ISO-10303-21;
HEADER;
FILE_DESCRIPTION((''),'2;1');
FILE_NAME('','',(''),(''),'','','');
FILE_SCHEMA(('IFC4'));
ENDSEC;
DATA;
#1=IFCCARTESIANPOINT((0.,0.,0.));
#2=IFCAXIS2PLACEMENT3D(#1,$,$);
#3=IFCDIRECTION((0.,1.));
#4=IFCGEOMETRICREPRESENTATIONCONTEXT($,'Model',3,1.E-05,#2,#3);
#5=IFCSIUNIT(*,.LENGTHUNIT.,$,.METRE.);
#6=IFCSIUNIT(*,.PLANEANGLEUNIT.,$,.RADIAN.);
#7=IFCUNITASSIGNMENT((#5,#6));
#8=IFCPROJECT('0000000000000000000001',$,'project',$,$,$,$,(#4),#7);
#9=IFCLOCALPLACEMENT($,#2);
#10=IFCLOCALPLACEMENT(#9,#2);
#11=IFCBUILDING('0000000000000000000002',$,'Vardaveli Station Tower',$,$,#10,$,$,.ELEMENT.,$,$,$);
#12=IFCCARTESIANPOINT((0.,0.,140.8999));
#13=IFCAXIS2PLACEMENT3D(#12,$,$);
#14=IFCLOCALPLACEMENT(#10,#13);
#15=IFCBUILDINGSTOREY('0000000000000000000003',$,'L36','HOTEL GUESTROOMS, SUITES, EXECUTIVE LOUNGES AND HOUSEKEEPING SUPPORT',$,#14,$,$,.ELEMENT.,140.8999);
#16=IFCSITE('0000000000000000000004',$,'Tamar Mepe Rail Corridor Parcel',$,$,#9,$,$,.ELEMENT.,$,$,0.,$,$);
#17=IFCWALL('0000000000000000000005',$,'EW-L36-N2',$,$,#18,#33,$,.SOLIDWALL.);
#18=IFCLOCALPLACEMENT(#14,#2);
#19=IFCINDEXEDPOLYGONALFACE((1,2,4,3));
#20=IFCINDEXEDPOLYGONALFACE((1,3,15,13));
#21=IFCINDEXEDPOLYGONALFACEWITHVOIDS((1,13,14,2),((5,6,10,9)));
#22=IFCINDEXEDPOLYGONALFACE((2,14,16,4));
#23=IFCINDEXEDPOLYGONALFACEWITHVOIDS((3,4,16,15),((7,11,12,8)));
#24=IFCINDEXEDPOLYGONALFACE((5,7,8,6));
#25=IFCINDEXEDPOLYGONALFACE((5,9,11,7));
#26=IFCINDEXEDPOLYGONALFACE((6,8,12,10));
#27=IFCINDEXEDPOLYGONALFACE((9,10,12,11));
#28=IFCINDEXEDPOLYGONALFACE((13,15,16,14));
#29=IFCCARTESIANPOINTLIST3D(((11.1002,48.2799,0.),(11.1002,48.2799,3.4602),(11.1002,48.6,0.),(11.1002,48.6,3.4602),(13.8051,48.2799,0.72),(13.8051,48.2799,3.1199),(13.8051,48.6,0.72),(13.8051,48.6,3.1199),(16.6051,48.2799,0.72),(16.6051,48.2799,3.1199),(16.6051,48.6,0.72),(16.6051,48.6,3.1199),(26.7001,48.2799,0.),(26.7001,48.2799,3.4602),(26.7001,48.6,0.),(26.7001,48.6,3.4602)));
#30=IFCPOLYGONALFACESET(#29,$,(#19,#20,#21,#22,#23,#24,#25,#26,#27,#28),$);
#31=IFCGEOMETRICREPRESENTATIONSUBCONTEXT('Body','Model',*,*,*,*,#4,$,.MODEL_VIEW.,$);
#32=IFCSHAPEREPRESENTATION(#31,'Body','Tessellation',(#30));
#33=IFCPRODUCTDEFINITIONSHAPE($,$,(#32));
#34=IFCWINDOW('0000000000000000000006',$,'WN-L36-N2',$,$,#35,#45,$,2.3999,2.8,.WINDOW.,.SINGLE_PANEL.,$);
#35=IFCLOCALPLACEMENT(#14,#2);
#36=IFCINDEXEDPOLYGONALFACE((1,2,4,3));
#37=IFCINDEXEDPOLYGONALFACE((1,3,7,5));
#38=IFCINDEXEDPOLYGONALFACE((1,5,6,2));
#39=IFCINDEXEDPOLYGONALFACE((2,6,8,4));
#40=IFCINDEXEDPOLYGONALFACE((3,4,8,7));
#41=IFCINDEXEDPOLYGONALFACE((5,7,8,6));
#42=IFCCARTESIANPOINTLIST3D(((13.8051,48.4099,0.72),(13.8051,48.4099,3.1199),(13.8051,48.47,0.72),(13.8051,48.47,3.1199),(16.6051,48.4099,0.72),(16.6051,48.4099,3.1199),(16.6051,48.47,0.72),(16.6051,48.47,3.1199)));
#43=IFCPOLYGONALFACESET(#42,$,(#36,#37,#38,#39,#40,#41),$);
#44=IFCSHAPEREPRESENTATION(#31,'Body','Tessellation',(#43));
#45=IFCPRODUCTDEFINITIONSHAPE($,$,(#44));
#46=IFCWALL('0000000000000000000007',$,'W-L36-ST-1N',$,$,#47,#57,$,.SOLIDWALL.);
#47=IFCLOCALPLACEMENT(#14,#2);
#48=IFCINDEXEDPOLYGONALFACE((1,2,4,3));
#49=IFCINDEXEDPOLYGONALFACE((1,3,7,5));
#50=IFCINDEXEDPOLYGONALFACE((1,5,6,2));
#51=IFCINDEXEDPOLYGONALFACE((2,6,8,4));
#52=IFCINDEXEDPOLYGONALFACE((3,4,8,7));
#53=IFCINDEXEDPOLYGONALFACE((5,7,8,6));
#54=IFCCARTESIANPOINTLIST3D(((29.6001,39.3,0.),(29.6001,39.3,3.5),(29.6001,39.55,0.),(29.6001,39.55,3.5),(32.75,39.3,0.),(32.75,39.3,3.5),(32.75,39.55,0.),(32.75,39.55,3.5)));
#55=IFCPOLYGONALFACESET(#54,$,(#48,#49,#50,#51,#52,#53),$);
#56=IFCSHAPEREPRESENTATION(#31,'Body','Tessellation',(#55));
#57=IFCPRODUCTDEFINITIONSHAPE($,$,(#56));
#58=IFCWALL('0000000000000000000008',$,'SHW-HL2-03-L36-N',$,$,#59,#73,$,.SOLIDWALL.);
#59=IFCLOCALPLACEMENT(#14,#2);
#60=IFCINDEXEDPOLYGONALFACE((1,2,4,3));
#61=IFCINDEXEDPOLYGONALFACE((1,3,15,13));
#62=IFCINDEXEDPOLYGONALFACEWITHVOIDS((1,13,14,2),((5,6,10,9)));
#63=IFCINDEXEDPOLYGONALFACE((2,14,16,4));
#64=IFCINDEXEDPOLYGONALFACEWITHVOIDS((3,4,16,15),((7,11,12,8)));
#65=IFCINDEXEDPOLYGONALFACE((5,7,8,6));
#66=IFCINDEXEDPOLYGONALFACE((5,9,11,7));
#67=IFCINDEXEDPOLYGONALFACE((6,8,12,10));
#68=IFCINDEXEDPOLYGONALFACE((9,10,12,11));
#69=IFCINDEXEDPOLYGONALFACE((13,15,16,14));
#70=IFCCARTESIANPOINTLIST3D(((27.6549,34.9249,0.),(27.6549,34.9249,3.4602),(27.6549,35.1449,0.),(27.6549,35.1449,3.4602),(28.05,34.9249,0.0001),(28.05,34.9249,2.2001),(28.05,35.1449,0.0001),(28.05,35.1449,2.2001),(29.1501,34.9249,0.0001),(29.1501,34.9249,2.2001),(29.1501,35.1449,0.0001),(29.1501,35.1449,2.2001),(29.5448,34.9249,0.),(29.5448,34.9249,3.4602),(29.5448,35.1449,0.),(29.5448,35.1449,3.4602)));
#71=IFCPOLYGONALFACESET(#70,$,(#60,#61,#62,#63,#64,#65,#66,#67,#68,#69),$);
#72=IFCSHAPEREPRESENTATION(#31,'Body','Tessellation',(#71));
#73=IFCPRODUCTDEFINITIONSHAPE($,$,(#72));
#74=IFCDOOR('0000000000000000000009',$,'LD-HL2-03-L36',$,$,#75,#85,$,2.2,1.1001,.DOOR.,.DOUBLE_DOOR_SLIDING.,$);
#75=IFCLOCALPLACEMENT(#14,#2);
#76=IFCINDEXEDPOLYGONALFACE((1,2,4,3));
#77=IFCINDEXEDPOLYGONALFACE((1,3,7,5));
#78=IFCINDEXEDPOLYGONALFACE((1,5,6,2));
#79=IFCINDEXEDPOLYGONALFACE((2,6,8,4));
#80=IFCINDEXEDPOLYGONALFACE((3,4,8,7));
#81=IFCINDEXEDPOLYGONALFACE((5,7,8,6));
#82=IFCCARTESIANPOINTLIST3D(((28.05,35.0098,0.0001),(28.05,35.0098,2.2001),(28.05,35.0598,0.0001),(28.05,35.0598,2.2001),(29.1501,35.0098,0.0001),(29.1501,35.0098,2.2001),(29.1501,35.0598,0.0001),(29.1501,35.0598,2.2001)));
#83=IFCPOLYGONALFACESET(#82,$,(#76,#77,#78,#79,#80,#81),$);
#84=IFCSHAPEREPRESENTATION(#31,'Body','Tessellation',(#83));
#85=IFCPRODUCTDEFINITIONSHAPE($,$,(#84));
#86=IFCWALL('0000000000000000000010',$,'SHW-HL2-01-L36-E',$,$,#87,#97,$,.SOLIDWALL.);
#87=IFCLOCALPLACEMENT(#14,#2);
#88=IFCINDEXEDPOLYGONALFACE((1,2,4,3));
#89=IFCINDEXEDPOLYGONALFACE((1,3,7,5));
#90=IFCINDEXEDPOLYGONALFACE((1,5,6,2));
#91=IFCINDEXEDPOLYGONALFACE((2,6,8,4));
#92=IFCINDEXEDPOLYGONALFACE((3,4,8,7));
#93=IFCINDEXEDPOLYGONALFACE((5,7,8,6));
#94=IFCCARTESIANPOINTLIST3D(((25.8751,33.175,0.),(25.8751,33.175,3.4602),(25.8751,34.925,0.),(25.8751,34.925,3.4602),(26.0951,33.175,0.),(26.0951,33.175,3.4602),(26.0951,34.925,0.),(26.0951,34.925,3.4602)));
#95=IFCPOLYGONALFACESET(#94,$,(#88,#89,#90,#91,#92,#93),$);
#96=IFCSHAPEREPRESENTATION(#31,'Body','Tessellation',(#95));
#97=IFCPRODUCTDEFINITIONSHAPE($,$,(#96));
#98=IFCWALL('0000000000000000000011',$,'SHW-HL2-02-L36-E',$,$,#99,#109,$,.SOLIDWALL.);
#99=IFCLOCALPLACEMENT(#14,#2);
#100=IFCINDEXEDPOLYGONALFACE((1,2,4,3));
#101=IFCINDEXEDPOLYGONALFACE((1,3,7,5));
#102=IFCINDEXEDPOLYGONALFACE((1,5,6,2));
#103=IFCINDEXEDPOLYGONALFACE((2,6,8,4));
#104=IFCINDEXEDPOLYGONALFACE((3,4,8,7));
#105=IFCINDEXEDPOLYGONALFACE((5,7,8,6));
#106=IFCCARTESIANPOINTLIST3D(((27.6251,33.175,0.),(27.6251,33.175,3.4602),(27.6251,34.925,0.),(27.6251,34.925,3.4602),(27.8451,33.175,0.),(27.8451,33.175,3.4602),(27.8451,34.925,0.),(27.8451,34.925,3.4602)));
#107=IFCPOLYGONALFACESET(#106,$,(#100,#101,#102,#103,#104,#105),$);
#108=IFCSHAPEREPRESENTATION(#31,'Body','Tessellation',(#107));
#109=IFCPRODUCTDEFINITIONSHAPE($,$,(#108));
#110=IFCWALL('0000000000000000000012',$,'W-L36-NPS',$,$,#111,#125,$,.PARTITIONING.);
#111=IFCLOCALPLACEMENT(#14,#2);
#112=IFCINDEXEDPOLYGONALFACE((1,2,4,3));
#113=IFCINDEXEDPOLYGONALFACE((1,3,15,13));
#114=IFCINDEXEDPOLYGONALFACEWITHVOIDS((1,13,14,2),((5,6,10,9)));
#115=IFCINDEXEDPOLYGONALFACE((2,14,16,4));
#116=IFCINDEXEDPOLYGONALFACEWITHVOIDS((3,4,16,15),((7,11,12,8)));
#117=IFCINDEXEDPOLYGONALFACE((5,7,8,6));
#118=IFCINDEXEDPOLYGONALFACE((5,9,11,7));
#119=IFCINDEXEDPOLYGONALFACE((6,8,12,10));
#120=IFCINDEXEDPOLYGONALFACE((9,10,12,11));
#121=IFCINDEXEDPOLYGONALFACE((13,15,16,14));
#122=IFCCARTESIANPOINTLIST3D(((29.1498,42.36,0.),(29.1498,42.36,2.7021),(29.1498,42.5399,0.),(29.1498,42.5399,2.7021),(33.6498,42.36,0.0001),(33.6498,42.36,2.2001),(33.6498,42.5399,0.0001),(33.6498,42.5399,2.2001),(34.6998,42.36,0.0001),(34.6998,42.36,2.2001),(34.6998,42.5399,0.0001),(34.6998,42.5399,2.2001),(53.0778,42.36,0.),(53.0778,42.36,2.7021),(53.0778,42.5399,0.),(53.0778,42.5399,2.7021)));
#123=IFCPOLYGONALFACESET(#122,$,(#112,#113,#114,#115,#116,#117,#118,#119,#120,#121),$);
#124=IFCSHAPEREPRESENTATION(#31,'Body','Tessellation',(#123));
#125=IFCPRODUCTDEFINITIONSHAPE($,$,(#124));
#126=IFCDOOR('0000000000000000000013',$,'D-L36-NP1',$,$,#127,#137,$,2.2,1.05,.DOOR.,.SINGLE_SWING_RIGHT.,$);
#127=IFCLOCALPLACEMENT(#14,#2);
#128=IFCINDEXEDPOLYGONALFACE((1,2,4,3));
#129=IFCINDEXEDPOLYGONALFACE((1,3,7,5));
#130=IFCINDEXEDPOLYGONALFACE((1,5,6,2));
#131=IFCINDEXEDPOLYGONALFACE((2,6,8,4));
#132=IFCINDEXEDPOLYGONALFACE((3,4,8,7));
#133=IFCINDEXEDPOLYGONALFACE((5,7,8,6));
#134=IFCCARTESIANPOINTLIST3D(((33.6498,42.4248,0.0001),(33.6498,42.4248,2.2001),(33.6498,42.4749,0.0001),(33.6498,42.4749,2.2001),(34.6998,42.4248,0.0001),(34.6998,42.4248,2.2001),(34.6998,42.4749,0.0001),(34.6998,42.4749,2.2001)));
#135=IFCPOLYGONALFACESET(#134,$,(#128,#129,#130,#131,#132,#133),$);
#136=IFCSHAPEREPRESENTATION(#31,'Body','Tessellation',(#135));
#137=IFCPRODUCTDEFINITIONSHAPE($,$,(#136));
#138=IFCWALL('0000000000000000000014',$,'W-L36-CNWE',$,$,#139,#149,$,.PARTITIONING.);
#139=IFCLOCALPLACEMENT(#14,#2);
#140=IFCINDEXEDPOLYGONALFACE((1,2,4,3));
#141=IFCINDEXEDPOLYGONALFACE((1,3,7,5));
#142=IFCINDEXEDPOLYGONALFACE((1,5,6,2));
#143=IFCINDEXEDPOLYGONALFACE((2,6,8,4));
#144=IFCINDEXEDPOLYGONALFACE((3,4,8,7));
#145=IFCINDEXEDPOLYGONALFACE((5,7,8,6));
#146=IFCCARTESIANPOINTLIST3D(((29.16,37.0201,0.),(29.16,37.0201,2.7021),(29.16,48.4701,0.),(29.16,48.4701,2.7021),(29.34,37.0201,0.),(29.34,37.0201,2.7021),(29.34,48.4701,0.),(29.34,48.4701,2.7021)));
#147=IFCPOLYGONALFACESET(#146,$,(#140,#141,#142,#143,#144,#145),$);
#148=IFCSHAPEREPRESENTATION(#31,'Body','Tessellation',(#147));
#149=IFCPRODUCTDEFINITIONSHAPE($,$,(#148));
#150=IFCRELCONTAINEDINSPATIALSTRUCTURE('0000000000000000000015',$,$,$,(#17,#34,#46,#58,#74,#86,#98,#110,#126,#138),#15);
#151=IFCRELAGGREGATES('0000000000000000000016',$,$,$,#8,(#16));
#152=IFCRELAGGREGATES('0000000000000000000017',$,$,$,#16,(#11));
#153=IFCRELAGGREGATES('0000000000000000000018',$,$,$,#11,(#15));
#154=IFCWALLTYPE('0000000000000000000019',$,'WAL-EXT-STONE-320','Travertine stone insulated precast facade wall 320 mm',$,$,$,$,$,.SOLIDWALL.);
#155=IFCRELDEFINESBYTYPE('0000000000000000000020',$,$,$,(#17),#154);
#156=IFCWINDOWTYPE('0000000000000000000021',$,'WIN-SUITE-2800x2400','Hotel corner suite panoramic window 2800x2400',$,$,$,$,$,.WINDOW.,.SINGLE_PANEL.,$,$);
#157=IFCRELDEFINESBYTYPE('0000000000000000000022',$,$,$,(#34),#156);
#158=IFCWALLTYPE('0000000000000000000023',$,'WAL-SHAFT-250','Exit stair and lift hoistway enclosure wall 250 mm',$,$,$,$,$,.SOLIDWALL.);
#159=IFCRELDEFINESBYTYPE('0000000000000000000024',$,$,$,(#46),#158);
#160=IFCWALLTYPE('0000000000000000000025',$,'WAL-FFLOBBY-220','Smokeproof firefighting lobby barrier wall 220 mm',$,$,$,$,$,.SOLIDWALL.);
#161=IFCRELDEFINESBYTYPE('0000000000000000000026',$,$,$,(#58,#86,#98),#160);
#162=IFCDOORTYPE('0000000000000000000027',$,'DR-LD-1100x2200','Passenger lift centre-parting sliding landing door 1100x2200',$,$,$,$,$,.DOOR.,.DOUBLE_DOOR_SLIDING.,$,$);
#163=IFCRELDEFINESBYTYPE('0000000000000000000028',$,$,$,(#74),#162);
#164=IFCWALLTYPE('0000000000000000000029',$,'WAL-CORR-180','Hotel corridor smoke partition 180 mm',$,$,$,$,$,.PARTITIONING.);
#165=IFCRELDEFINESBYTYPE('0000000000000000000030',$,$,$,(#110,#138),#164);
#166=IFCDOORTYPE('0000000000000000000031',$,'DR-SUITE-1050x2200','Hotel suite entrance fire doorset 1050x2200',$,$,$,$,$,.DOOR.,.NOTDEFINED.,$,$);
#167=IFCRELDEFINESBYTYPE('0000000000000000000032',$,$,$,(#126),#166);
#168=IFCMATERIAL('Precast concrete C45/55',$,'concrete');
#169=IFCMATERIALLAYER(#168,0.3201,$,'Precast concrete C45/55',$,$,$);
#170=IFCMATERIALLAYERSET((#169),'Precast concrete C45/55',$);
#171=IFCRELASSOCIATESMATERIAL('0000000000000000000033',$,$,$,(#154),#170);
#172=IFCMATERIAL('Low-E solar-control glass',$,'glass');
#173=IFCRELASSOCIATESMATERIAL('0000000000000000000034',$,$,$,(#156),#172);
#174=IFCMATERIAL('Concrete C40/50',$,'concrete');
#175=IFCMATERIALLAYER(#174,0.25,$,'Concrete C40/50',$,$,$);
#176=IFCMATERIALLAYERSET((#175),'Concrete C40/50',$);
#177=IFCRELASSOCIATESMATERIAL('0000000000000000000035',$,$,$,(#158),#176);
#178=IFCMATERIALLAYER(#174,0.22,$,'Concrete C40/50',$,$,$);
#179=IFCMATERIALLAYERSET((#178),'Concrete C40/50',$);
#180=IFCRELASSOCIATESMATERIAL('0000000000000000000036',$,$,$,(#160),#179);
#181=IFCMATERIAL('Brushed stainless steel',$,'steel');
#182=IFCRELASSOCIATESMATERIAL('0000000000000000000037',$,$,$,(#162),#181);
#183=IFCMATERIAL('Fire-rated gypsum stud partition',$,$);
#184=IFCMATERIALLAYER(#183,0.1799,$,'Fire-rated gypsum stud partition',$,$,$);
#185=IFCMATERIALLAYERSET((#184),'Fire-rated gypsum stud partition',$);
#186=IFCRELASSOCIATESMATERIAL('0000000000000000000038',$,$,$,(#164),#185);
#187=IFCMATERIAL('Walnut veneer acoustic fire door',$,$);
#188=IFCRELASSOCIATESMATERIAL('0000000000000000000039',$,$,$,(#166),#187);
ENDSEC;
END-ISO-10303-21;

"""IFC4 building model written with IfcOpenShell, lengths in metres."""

from ifc_helpers import new_model, si_unit, direction, frame, frame_2d, origin, place, context, subcontext, project, spatial, rectangle, extrude, source, transform, mapped, material, layer, layer_set, type_object, element, fill, save


model = new_model("IFC4")

# Units and contexts
model_context = context("Model", 3, precision=1e-05, world=origin(), true_north=direction((0.0, 1.0)))
body_context = subcontext(model_context, "Body", "Model", "MODEL_VIEW")
ifc_project = project(units=[si_unit("LENGTHUNIT", "METRE"), si_unit("PLANEANGLEUNIT", "RADIAN")], contexts=[model_context])

# Site, building, storey
site_placement = place(None, origin())
site = spatial("IfcSite", under=ifc_project, at=site_placement, Name="Tamar Mepe Rail Corridor Parcel", CompositionType="ELEMENT", RefElevation=0.0)
building_placement = place(site_placement, origin())
building = spatial("IfcBuilding", under=site, at=building_placement, Name="Vardaveli Station Tower", CompositionType="ELEMENT")
storey_placement = place(building_placement, frame((0.0, 0.0, 140.8999)))
storey = spatial("IfcBuildingStorey", under=building, at=storey_placement, Name="L36", Description="HOTEL GUESTROOMS, SUITES, EXECUTIVE LOUNGES AND HOUSEKEEPING SUPPORT", CompositionType="ELEMENT", Elevation=140.8999)

# Shared definitions
ifc_material_1 = material(Name="Precast concrete C45/55", Category="concrete")

# Wall, opening, window
ifc_layer_1 = layer(ifc_material_1, 0.3201, Name="Precast concrete C45/55")
ifc_layer_set_1 = layer_set([ifc_layer_1], Name="Precast concrete C45/55")
wall_type_1 = type_object("IfcWallType", Name="WAL-EXT-STONE-320", Description="Travertine stone insulated precast facade wall 320 mm", PredefinedType="SOLIDWALL", material=ifc_layer_set_1)
shared_shape_1 = source(origin(), body_context, "Body", "SweptSolid", [
    extrude(rectangle(XDim=15.5999, YDim=0.3201, at=frame_2d((7.7998, 0.0))), origin(), (0.0, 0.0, 1.0), 3.4602),
])
wall_1_placement = place(storey_placement, frame((26.7, 48.4399, 0.0), z_axis=(0.0, 0.0, 1.0), x_axis=(-1.0, 0.0, 0.0)))
wall_1 = element("IfcWall", 1, at=wall_1_placement, inside=storey, type_object=wall_type_1, Name="EW-L36-N2", PredefinedType="SOLIDWALL", context=body_context, shape_type="MappedRepresentation", body=[
    mapped(shared_shape_1, transform((0.0, 0.0, 0.0), scale=1.0)),
])
shared_shape_2 = source(origin(), body_context, "Body", "SweptSolid", [
    extrude(rectangle(XDim=2.8, YDim=2.3999, at=frame_2d((1.3999, 1.2))), frame((0.0, 0.1699, 0.0), z_axis=(0.0, -1.0, 0.0), x_axis=(1.0, 0.0, 0.0)), (0.0, 0.0, 1.0), 0.3401),
])
opening_1_placement = place(wall_1_placement, frame((10.095, 0.0, 0.72)))
opening_1 = element("IfcOpeningElement", 2, at=opening_1_placement, cuts=wall_1, PredefinedType="OPENING", context=body_context, shape_type="MappedRepresentation", body=[
    mapped(shared_shape_2, transform((0.0, 0.0, 0.0), scale=1.0)),
])
ifc_material_2 = material(Name="Low-E solar-control glass", Category="glass")
window_type = type_object("IfcWindowType", Name="WIN-SUITE-2800x2400", Description="Hotel corner suite panoramic window 2800x2400", PartitioningType="SINGLE_PANEL", PredefinedType="WINDOW", material=ifc_material_2)
shared_shape_3 = source(origin(), body_context, "Body", "SweptSolid", [
    extrude(rectangle(XDim=2.8, YDim=2.3999, at=frame_2d((1.3999, 1.2))), frame((0.0, 0.03, 0.0), z_axis=(0.0, -1.0, 0.0), x_axis=(1.0, 0.0, 0.0)), (0.0, 0.0, 1.0), 0.0601),
])
window_placement = place(opening_1_placement, origin())
window = element("IfcWindow", 3, at=window_placement, inside=storey, type_object=window_type, Name="WN-L36-N2", OverallHeight=2.3999, OverallWidth=2.8, PartitioningType="SINGLE_PANEL", PredefinedType="WINDOW", context=body_context, shape_type="MappedRepresentation", body=[
    mapped(shared_shape_3, transform((0.0, 0.0, 0.0), scale=1.0)),
])
fill(opening_1, window)

# Wall
ifc_material_3 = material(Name="Concrete C40/50", Category="concrete")
ifc_layer_2 = layer(ifc_material_3, 0.25, Name="Concrete C40/50")
ifc_layer_set_2 = layer_set([ifc_layer_2], Name="Concrete C40/50")
wall_type_2 = type_object("IfcWallType", Name="WAL-SHAFT-250", Description="Exit stair and lift hoistway enclosure wall 250 mm", PredefinedType="SOLIDWALL", material=ifc_layer_set_2)
shared_shape_4 = source(origin(), body_context, "Body", "SweptSolid", [
    extrude(rectangle(XDim=3.1499, YDim=0.25, at=frame_2d((1.575, 0.0))), origin(), (0.0, 0.0, 1.0), 3.5),
])
wall_2_placement = place(storey_placement, frame((29.6001, 39.425, 0.0), z_axis=(0.0, 0.0, 1.0), x_axis=(1.0, 0.0, 0.0)))
element("IfcWall", 4, at=wall_2_placement, inside=storey, type_object=wall_type_2, Name="W-L36-ST-1N", PredefinedType="SOLIDWALL", context=body_context, shape_type="MappedRepresentation", body=[
    mapped(shared_shape_4, transform((0.0, 0.0, 0.0), scale=1.0)),
])

# Wall, opening, door
ifc_layer_3 = layer(ifc_material_3, 0.22, Name="Concrete C40/50")
ifc_layer_set_3 = layer_set([ifc_layer_3], Name="Concrete C40/50")
wall_type_3 = type_object("IfcWallType", Name="WAL-FFLOBBY-220", Description="Smokeproof firefighting lobby barrier wall 220 mm", PredefinedType="SOLIDWALL", material=ifc_layer_set_3)
shared_shape_5 = source(origin(), body_context, "Body", "SweptSolid", [
    extrude(rectangle(XDim=1.8899, YDim=0.22, at=frame_2d((0.9448, 0.0))), origin(), (0.0, 0.0, 1.0), 3.4602),
])
wall_3_placement = place(storey_placement, frame((27.655, 35.0349, 0.0), z_axis=(0.0, 0.0, 1.0), x_axis=(1.0, 0.0, 0.0)))
wall_3 = element("IfcWall", 5, at=wall_3_placement, inside=storey, type_object=wall_type_3, Name="SHW-HL2-03-L36-N", PredefinedType="SOLIDWALL", context=body_context, shape_type="MappedRepresentation", body=[
    mapped(shared_shape_5, transform((0.0, 0.0, 0.0), scale=1.0)),
])
shared_shape_6 = source(origin(), body_context, "Body", "SweptSolid", [
    extrude(rectangle(XDim=1.1001, YDim=2.2, at=frame_2d((0.55, 1.1001))), frame((0.0, 0.1201, 0.0), z_axis=(0.0, -1.0, 0.0), x_axis=(1.0, 0.0, 0.0)), (0.0, 0.0, 1.0), 0.24),
])
opening_2_placement = place(wall_3_placement, frame((0.395, 0.0, 0.0)))
opening_2 = element("IfcOpeningElement", 6, at=opening_2_placement, cuts=wall_3, PredefinedType="OPENING", context=body_context, shape_type="MappedRepresentation", body=[
    mapped(shared_shape_6, transform((0.0, 0.0, 0.0), scale=1.0)),
])
ifc_material_4 = material(Name="Brushed stainless steel", Category="steel")
door_type_1 = type_object("IfcDoorType", Name="DR-LD-1100x2200", Description="Passenger lift centre-parting sliding landing door 1100x2200", OperationType="DOUBLE_DOOR_SLIDING", PredefinedType="DOOR", material=ifc_material_4)
shared_shape_7 = source(origin(), body_context, "Body", "SweptSolid", [
    extrude(rectangle(XDim=1.1001, YDim=2.2, at=frame_2d((0.55, 1.1001))), frame((0.0, 0.0249, 0.0), z_axis=(0.0, -1.0, 0.0), x_axis=(1.0, 0.0, 0.0)), (0.0, 0.0, 1.0), 0.05),
])
door_1_placement = place(opening_2_placement, origin())
door_1 = element("IfcDoor", 7, at=door_1_placement, inside=storey, type_object=door_type_1, Name="LD-HL2-03-L36", OperationType="DOUBLE_DOOR_SLIDING", OverallHeight=2.2, OverallWidth=1.1001, PredefinedType="DOOR", context=body_context, shape_type="MappedRepresentation", body=[
    mapped(shared_shape_7, transform((0.0, 0.0, 0.0), scale=1.0)),
])
fill(opening_2, door_1)

# Walls
shared_shape_8 = source(origin(), body_context, "Body", "SweptSolid", [
    extrude(rectangle(XDim=1.75, YDim=0.22, at=frame_2d((0.875, 0.0))), origin(), (0.0, 0.0, 1.0), 3.4602),
])
for number, where, z_axis, x_axis, name in (
    (8, (25.9851, 33.175, 0.0), (0.0, 0.0, 1.0), (0.0, 1.0, 0.0), "SHW-HL2-01-L36-E"),
    (9, (27.7351, 33.175, 0.0), (0.0, 0.0, 1.0), (0.0, 1.0, 0.0), "SHW-HL2-02-L36-E"),
):
    element("IfcWall", number, at=place(storey_placement, frame(where, z_axis=z_axis, x_axis=x_axis)), inside=storey, type_object=wall_type_3, Name=name, PredefinedType="SOLIDWALL", context=body_context, shape_type="MappedRepresentation", body=[
        mapped(shared_shape_8, transform((0.0, 0.0, 0.0), scale=1.0)),
    ])

# Wall, opening, door
ifc_material_5 = material(Name="Fire-rated gypsum stud partition")
ifc_layer_4 = layer(ifc_material_5, 0.1799, Name="Fire-rated gypsum stud partition")
ifc_layer_set_4 = layer_set([ifc_layer_4], Name="Fire-rated gypsum stud partition")
wall_type_4 = type_object("IfcWallType", Name="WAL-CORR-180", Description="Hotel corridor smoke partition 180 mm", PredefinedType="PARTITIONING", material=ifc_layer_set_4)
shared_shape_9 = source(origin(), body_context, "Body", "SweptSolid", [
    extrude(rectangle(XDim=23.928, YDim=0.1799, at=frame_2d((11.9639, 0.0))), origin(), (0.0, 0.0, 1.0), 2.7021),
])
wall_4_placement = place(storey_placement, frame((29.1499, 42.45, 0.0), z_axis=(0.0, 0.0, 1.0), x_axis=(1.0, 0.0, 0.0)))
wall_4 = element("IfcWall", 10, at=wall_4_placement, inside=storey, type_object=wall_type_4, Name="W-L36-NPS", PredefinedType="PARTITIONING", context=body_context, shape_type="MappedRepresentation", body=[
    mapped(shared_shape_9, transform((0.0, 0.0, 0.0), scale=1.0)),
])
shared_shape_10 = source(origin(), body_context, "Body", "SweptSolid", [
    extrude(rectangle(XDim=1.05, YDim=2.2, at=frame_2d((0.5249, 1.1001))), frame((0.0, 0.1001, 0.0), z_axis=(0.0, -1.0, 0.0), x_axis=(1.0, 0.0, 0.0)), (0.0, 0.0, 1.0), 0.2),
])
opening_3_placement = place(wall_4_placement, frame((4.5, 0.0, 0.0)))
opening_3 = element("IfcOpeningElement", 11, at=opening_3_placement, cuts=wall_4, PredefinedType="OPENING", context=body_context, shape_type="MappedRepresentation", body=[
    mapped(shared_shape_10, transform((0.0, 0.0, 0.0), scale=1.0)),
])
ifc_material_6 = material(Name="Walnut veneer acoustic fire door")
door_type_2 = type_object("IfcDoorType", Name="DR-SUITE-1050x2200", Description="Hotel suite entrance fire doorset 1050x2200", OperationType="NOTDEFINED", PredefinedType="DOOR", material=ifc_material_6)
shared_shape_11 = source(origin(), body_context, "Body", "SweptSolid", [
    extrude(rectangle(XDim=1.05, YDim=2.2, at=frame_2d((0.5249, 1.1001))), frame((0.0, 0.0249, 0.0), z_axis=(0.0, -1.0, 0.0), x_axis=(1.0, 0.0, 0.0)), (0.0, 0.0, 1.0), 0.05),
])
door_2_placement = place(opening_3_placement, origin())
door_2 = element("IfcDoor", 12, at=door_2_placement, inside=storey, type_object=door_type_2, Name="D-L36-NP1", OperationType="SINGLE_SWING_RIGHT", OverallHeight=2.2, OverallWidth=1.05, PredefinedType="DOOR", context=body_context, shape_type="MappedRepresentation", body=[
    mapped(shared_shape_11, transform((0.0, 0.0, 0.0), scale=1.0)),
])
fill(opening_3, door_2)

# Wall
shared_shape_12 = source(origin(), body_context, "Body", "SweptSolid", [
    extrude(rectangle(XDim=11.45, YDim=0.1799, at=frame_2d((5.7251, 0.0))), origin(), (0.0, 0.0, 1.0), 2.7021),
])
wall_5_placement = place(storey_placement, frame((29.25, 37.02, 0.0), z_axis=(0.0, 0.0, 1.0), x_axis=(0.0, 1.0, 0.0)))
element("IfcWall", 13, at=wall_5_placement, inside=storey, type_object=wall_type_4, Name="W-L36-CNWE", PredefinedType="PARTITIONING", context=body_context, shape_type="MappedRepresentation", body=[
    mapped(shared_shape_12, transform((0.0, 0.0, 0.0), scale=1.0)),
])

save(model, "model.ifc")
